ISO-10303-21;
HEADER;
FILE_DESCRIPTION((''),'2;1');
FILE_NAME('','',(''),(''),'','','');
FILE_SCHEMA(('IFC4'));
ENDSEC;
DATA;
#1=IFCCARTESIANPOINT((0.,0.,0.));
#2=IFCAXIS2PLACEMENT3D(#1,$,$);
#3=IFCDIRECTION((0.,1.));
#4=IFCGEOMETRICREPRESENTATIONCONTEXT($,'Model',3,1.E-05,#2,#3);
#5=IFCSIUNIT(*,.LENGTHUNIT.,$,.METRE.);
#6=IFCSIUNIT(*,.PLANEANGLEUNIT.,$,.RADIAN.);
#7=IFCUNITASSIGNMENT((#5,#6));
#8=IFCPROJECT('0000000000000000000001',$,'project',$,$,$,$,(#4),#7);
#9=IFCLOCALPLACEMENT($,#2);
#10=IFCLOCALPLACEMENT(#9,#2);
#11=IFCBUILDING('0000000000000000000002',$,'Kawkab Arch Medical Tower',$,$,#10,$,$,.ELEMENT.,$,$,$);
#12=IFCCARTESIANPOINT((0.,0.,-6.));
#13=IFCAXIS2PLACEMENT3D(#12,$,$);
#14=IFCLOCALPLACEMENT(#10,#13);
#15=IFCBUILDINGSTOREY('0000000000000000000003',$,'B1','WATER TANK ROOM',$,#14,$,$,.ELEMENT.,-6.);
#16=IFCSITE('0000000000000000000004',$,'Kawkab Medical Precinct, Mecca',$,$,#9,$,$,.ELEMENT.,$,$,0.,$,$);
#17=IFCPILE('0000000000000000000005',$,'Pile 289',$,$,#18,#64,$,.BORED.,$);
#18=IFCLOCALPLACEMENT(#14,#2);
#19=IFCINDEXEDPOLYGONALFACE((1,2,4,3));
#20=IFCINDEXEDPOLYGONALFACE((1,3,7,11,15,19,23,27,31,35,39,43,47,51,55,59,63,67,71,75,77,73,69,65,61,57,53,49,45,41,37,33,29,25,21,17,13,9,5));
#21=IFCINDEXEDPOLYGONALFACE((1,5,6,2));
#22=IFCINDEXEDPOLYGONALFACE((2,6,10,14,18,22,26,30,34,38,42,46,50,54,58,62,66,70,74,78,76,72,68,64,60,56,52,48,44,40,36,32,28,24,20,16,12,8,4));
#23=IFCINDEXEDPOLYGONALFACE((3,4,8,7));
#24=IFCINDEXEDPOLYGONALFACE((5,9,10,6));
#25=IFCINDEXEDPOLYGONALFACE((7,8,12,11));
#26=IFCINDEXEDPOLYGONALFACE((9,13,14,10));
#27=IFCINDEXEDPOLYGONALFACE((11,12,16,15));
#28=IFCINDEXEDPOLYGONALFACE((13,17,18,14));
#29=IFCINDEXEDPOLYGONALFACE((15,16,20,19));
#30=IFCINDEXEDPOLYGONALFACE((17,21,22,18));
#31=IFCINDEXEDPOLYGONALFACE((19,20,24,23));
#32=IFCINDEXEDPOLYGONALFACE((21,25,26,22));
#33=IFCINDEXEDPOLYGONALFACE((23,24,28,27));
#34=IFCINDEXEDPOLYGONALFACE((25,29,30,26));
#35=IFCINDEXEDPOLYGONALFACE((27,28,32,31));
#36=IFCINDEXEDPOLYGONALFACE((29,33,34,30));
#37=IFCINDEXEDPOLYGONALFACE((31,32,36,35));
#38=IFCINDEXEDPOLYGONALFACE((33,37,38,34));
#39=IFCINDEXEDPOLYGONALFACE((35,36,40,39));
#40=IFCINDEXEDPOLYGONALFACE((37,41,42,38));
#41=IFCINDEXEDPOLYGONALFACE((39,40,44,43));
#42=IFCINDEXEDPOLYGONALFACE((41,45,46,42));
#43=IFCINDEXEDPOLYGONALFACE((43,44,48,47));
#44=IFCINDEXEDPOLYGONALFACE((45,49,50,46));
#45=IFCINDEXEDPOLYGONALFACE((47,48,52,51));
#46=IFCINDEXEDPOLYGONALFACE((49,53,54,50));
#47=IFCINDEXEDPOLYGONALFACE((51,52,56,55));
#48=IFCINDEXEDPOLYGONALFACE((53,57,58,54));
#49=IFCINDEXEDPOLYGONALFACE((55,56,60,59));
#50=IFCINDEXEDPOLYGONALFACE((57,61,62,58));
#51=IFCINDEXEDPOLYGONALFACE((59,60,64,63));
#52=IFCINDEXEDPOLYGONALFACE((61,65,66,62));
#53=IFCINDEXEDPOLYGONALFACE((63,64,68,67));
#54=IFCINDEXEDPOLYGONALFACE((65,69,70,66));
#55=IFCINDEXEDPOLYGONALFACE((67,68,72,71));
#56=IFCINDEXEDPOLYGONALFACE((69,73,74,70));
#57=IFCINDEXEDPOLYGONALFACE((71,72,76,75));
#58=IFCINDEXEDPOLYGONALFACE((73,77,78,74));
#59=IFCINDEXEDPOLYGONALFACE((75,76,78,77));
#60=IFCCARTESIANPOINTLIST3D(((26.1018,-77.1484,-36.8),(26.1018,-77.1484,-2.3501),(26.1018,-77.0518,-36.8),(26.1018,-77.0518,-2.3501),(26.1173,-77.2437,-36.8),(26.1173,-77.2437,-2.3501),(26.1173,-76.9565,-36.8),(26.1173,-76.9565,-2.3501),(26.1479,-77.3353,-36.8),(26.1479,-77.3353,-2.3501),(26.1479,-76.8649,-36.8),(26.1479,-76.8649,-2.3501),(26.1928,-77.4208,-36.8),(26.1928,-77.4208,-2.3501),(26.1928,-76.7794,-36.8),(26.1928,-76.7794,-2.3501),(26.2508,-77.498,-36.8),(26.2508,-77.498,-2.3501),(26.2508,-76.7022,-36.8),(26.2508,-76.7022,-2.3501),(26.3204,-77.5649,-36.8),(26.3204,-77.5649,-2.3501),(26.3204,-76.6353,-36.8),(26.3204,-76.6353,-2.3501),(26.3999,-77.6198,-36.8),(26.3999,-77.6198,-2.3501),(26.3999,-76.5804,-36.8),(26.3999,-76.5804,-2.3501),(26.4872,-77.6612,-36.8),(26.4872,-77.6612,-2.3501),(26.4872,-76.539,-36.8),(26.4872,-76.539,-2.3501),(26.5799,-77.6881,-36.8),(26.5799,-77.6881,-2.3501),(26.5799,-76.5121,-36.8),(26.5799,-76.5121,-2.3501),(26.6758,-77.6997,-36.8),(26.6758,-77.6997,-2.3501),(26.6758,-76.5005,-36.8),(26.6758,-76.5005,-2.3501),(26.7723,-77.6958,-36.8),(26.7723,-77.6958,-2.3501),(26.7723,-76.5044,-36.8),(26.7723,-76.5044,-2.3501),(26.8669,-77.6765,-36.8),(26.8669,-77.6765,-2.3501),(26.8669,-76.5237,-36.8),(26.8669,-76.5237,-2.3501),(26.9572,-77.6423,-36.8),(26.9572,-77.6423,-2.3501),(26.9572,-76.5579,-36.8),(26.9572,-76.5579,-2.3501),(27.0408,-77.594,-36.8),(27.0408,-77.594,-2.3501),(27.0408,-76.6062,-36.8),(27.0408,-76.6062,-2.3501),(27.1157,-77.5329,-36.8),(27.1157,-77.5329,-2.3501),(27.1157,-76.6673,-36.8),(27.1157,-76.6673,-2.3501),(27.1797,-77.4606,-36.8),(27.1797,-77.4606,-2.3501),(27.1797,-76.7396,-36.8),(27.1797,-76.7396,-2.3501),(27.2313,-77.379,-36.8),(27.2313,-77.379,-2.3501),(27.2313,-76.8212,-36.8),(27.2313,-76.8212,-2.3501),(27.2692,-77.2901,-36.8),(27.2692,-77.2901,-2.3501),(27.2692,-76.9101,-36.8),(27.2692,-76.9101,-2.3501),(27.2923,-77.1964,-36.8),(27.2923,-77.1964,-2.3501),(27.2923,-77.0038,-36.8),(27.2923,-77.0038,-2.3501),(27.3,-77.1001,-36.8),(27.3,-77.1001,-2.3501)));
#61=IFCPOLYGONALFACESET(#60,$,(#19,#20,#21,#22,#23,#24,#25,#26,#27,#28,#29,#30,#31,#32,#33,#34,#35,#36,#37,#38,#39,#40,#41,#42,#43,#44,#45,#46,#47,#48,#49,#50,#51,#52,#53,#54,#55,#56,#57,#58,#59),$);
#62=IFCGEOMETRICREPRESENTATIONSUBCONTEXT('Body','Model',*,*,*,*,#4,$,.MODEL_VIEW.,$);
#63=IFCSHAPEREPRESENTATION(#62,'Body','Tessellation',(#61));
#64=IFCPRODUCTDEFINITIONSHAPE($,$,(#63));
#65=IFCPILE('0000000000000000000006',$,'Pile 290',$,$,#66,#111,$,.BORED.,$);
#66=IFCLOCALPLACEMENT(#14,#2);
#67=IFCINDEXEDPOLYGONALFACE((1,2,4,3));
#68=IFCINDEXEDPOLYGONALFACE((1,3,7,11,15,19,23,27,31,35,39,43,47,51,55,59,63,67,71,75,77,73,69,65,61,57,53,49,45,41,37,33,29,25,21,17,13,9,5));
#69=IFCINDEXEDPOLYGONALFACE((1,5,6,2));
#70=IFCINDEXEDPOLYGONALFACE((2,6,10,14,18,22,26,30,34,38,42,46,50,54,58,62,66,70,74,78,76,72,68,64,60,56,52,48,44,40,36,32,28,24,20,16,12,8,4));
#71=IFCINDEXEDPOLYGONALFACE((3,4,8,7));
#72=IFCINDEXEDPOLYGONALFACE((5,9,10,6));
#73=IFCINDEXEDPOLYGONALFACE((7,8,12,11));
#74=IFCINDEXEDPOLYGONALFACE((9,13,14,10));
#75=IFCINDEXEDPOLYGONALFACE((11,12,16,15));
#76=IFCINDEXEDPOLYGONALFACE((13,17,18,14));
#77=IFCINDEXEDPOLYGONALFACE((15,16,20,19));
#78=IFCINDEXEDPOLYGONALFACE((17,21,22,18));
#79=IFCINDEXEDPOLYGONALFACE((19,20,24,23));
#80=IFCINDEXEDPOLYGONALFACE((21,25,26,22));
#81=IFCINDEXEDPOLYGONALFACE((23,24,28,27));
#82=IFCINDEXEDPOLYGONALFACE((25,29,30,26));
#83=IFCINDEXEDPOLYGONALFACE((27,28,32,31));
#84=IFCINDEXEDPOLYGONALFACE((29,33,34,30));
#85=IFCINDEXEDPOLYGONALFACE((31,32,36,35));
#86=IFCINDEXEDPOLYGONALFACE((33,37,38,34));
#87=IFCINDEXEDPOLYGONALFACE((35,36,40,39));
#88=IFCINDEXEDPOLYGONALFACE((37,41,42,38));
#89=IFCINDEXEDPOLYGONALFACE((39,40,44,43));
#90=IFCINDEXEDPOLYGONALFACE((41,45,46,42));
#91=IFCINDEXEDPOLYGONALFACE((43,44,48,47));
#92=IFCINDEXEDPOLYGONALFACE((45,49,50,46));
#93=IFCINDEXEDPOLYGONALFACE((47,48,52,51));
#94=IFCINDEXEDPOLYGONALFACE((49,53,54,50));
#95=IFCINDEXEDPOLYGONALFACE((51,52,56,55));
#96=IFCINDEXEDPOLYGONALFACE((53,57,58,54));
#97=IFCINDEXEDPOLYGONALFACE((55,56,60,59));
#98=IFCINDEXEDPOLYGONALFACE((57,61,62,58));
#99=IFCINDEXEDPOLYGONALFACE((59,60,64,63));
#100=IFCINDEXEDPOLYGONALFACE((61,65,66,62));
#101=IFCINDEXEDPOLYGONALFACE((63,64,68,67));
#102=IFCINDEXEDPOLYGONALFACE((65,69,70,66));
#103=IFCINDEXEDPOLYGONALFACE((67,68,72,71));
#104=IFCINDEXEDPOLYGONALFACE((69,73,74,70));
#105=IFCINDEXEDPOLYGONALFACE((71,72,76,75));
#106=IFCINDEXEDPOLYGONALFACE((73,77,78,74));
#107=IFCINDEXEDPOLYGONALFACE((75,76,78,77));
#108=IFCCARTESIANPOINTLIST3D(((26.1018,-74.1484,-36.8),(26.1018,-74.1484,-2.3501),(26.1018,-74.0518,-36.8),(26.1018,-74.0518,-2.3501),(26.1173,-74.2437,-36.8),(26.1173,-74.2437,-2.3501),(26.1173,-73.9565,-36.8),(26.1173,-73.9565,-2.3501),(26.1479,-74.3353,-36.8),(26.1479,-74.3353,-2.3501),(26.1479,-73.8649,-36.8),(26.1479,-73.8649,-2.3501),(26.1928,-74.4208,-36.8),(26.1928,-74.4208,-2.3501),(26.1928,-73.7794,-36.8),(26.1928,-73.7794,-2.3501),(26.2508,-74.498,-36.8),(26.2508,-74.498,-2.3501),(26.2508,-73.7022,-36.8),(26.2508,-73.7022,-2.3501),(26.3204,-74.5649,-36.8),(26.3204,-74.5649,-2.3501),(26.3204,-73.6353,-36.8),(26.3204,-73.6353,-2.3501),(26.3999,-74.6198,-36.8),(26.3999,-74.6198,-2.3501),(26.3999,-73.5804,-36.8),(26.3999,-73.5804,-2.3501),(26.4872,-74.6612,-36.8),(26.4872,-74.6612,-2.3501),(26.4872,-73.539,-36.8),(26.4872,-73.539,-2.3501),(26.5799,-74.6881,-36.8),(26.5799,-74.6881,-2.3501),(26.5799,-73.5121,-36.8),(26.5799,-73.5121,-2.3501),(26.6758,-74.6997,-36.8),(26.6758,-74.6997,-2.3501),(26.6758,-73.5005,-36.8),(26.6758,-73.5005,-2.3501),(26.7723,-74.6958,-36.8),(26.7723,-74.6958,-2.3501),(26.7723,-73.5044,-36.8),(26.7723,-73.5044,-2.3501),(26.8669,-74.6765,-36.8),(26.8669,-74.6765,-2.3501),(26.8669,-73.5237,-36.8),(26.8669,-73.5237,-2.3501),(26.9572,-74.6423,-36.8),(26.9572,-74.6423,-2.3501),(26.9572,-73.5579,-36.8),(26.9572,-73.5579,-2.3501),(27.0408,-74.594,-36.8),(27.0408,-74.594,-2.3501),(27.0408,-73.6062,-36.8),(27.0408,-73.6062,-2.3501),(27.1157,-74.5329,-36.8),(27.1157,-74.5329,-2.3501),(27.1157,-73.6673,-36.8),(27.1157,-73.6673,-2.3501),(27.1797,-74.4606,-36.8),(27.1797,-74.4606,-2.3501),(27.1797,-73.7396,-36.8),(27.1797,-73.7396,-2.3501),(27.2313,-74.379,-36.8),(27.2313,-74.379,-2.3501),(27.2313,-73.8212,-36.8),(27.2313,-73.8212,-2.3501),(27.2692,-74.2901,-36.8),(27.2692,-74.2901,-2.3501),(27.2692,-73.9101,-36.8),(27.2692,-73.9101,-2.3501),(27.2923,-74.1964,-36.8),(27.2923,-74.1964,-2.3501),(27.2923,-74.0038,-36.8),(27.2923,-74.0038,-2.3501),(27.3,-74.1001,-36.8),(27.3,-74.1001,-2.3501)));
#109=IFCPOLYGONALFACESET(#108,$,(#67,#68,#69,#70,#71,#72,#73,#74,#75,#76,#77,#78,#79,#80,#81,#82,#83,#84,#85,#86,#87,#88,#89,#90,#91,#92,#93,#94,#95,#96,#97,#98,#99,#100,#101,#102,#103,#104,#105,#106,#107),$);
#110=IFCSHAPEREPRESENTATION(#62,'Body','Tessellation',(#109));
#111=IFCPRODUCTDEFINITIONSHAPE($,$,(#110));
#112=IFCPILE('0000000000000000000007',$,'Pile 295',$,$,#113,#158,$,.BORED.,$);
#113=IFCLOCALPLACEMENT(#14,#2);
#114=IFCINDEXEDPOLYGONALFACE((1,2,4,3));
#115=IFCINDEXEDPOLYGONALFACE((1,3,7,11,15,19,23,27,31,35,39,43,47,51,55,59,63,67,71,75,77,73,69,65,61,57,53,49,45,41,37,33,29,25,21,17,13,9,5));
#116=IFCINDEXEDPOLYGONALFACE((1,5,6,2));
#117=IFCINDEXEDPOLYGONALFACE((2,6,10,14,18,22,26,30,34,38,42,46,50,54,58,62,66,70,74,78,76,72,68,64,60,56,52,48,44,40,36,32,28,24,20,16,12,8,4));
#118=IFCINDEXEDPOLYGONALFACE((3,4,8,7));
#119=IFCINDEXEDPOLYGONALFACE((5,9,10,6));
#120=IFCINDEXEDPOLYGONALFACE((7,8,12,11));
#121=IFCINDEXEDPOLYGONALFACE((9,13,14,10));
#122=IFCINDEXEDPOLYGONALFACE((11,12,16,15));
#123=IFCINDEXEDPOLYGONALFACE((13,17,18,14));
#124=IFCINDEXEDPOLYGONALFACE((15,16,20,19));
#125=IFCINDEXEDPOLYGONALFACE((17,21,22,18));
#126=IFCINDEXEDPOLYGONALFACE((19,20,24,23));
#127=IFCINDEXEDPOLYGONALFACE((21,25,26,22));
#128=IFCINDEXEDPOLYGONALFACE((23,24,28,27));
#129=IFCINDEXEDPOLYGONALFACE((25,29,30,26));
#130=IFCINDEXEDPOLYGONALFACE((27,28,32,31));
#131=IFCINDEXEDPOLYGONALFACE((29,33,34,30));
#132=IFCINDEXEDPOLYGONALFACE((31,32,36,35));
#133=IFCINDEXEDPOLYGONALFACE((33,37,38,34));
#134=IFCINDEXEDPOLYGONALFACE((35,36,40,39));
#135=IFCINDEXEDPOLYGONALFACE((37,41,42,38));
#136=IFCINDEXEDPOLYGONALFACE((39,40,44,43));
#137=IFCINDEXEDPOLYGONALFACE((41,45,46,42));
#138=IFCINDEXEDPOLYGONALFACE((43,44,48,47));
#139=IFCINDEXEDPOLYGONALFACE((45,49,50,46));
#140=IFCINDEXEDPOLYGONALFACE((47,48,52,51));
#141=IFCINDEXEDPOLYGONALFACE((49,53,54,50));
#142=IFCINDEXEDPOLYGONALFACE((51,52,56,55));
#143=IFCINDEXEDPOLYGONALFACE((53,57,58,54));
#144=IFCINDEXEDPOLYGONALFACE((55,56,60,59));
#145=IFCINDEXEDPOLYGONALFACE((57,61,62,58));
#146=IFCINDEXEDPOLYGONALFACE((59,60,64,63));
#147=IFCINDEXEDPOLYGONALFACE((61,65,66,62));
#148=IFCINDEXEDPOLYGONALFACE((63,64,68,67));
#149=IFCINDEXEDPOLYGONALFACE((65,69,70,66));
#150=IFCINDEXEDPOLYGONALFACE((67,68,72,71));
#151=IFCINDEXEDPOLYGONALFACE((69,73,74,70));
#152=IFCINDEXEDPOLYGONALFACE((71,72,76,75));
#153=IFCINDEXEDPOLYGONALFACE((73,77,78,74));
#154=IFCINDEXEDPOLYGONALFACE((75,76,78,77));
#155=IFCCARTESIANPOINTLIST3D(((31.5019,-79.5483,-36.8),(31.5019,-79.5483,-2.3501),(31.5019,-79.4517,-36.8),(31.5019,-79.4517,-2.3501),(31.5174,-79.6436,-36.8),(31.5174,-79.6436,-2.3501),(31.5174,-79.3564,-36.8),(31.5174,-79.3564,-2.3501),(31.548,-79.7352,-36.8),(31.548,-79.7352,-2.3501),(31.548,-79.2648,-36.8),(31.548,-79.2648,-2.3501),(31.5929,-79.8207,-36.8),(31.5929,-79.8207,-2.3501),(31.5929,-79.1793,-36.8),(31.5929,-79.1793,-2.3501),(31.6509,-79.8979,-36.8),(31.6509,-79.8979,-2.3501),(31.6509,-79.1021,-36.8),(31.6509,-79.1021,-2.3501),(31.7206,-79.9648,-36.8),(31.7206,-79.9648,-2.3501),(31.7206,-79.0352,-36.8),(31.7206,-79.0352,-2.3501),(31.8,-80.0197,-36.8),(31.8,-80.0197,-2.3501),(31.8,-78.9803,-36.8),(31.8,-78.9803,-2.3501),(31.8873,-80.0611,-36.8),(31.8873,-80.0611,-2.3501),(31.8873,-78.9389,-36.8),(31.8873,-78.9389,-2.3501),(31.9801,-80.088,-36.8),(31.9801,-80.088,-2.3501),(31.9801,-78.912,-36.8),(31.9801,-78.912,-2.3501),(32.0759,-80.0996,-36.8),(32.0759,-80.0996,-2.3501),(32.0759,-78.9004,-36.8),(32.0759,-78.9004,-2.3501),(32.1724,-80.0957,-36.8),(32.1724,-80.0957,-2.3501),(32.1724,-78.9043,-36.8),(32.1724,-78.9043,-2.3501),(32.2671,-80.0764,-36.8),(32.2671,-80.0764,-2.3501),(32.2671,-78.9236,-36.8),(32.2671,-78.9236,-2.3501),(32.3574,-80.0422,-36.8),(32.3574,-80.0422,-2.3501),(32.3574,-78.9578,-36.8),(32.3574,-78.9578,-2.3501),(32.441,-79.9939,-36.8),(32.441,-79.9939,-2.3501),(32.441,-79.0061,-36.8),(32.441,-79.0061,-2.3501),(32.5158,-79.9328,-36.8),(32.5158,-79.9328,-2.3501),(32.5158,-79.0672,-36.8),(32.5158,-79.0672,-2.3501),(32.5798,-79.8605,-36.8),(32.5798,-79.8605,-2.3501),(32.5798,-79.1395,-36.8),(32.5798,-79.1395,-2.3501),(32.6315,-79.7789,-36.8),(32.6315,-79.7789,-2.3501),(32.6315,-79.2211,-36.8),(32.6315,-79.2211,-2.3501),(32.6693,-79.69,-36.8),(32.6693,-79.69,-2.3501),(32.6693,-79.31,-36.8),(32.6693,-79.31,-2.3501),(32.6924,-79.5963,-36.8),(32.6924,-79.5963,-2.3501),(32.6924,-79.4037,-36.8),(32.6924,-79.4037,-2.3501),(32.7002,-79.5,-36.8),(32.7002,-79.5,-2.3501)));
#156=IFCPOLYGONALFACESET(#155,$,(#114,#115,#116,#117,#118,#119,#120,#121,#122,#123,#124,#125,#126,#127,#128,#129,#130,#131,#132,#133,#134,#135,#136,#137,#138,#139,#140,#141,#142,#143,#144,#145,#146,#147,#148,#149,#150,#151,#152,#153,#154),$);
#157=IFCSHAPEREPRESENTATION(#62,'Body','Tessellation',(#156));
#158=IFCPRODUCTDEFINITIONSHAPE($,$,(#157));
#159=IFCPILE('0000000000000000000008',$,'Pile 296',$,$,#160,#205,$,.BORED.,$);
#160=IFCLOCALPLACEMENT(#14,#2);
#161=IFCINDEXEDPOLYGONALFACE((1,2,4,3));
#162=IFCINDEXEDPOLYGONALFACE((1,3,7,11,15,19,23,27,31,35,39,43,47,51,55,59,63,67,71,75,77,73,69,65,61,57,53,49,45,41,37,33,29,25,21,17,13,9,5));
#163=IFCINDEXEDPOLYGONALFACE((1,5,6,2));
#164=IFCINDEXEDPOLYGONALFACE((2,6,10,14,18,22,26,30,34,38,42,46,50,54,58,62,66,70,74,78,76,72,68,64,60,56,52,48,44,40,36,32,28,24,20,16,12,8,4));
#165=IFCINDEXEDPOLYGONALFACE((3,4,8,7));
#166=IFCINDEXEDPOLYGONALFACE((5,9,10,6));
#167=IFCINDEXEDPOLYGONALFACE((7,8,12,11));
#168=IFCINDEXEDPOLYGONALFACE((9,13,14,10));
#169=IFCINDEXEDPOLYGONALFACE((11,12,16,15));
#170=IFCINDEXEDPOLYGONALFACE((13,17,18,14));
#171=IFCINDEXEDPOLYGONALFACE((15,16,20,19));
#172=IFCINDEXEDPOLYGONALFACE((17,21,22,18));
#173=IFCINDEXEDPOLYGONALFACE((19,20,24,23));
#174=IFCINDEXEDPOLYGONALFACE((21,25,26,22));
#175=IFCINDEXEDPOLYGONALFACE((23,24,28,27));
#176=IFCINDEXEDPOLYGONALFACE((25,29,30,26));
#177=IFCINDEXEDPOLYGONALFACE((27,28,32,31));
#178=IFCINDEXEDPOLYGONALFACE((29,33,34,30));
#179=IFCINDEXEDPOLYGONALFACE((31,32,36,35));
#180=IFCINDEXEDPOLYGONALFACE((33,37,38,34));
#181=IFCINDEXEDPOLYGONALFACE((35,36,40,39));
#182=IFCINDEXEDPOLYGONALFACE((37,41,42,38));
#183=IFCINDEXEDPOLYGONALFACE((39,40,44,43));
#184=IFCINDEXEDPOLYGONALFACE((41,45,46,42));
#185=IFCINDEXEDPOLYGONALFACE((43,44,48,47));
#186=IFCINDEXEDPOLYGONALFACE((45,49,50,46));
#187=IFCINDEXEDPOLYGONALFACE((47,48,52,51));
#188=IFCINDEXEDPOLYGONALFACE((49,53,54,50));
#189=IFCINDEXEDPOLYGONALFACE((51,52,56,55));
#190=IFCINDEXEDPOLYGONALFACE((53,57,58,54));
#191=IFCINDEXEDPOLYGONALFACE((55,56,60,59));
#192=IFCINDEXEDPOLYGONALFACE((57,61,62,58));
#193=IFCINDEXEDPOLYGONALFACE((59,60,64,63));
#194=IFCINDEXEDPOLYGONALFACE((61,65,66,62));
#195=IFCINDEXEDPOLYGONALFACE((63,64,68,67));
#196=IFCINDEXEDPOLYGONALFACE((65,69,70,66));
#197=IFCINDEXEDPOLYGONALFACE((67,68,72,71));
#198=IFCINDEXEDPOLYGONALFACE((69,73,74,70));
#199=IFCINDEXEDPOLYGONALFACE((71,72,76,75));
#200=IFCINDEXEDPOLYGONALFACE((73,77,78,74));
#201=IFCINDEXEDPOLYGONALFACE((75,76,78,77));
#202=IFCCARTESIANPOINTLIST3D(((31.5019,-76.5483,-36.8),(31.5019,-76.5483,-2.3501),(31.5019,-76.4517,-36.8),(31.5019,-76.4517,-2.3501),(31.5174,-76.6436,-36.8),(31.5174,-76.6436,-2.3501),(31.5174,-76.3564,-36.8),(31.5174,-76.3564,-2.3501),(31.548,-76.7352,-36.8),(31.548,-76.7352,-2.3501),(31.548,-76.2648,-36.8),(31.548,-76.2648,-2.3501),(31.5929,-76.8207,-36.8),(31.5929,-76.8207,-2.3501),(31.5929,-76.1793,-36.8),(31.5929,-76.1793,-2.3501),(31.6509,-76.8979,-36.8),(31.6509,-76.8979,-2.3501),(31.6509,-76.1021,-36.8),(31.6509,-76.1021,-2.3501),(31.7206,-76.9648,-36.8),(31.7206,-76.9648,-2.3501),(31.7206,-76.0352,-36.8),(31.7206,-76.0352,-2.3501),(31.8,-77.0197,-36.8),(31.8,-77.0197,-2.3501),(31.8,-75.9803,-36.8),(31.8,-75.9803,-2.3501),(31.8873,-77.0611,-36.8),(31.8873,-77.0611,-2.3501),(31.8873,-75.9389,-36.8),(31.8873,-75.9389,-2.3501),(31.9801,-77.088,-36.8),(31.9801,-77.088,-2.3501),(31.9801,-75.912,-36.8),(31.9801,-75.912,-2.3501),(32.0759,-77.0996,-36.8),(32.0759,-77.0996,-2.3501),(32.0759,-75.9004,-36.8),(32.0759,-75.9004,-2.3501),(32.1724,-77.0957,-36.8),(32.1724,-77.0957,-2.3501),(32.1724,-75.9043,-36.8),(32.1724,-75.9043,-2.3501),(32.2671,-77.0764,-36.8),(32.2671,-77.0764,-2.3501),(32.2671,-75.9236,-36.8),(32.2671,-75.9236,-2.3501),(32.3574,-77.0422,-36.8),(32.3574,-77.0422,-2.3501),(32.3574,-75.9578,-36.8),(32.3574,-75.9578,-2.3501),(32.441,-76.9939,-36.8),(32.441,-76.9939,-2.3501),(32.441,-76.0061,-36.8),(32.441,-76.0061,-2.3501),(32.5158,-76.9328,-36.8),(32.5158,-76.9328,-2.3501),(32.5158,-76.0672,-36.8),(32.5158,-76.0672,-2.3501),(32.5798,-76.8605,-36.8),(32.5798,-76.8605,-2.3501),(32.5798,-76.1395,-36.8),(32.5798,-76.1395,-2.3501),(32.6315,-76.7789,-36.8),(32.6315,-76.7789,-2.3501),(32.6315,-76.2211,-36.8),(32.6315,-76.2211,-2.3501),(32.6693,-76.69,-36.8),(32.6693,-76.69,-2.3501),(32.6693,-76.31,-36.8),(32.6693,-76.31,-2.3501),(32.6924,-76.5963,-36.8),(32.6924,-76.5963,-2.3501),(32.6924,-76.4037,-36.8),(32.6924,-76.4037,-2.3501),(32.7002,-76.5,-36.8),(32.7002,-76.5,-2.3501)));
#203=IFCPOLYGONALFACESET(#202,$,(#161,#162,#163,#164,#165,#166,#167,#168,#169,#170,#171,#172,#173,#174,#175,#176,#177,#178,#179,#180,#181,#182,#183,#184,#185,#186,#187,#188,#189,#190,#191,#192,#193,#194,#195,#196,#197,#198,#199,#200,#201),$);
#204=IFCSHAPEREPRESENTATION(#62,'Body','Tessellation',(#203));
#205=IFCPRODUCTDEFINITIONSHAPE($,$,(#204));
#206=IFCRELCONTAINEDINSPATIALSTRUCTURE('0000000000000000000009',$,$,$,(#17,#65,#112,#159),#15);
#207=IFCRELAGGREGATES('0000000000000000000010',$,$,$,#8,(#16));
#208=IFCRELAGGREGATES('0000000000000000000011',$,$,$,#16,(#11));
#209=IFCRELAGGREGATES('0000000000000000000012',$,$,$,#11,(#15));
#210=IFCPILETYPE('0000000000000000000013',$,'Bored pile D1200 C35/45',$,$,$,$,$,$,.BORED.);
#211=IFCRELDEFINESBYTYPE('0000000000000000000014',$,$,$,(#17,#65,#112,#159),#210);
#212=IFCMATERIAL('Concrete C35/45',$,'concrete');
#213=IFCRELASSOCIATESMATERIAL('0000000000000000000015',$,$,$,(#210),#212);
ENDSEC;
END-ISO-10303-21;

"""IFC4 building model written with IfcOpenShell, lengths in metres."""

from ifc_helpers import new_model, si_unit, direction, frame, origin, origin_2d, place, context, subcontext, project, spatial, circle, extrude, material, material_profile, profile_set, type_object, element, save


model = new_model("IFC4")

# Units and contexts
model_context = context("Model", 3, precision=1e-05, world=origin(), true_north=direction((0.0, 1.0)))
body_context = subcontext(model_context, "Body", "Model", "MODEL_VIEW")
ifc_project = project(units=[si_unit("LENGTHUNIT", "METRE"), si_unit("PLANEANGLEUNIT", "RADIAN")], contexts=[model_context])

# Site, building, storey
site_placement = place(None, origin())
site = spatial("IfcSite", under=ifc_project, at=site_placement, Name="Kawkab Medical Precinct, Mecca", CompositionType="ELEMENT", RefElevation=0.0)
building_placement = place(site_placement, origin())
building = spatial("IfcBuilding", under=site, at=building_placement, Name="Kawkab Arch Medical Tower", CompositionType="ELEMENT")
storey_placement = place(building_placement, frame((0.0, 0.0, -6.0)))
storey = spatial("IfcBuildingStorey", under=building, at=storey_placement, Name="B1", Description="WATER TANK ROOM", CompositionType="ELEMENT", Elevation=-6.0)

# Piles
ifc_material_1 = material(Name="Concrete C35/45", Category="concrete")
ifc_material_profile_1 = material_profile(ifc_material_1, circle(Radius=0.6001, at=origin_2d()), Name="Bored pile D1200")
ifc_profile_set_1 = profile_set([ifc_material_profile_1], Name="Concrete C35/45")
pile_type = type_object("IfcPileType", Name="Bored pile D1200 C35/45", PredefinedType="BORED", material=ifc_profile_set_1)
for number, where, z_axis, x_axis, name in (
    (1, (26.7, -77.1001, -2.3501), (0.0, 0.0, -1.0), (1.0, 0.0, 0.0), "Pile 289"),
    (2, (26.7, -74.1001, -2.3501), (0.0, 0.0, -1.0), (1.0, 0.0, 0.0), "Pile 290"),
    (3, (32.1001, -79.5, -2.3501), (0.0, 0.0, -1.0), (1.0, 0.0, 0.0), "Pile 295"),
    (4, (32.1001, -76.5, -2.3501), (0.0, 0.0, -1.0), (1.0, 0.0, 0.0), "Pile 296"),
):
    element("IfcPile", number, at=place(storey_placement, frame(where, z_axis=z_axis, x_axis=x_axis)), inside=storey, type_object=pile_type, Name=name, PredefinedType="BORED", context=body_context, shape_type="SweptSolid", body=[
        extrude(circle(Radius=0.6001, at=origin_2d()), origin(), (0.0, 0.0, 1.0), 34.45),
    ])

save(model, "model.ifc")
